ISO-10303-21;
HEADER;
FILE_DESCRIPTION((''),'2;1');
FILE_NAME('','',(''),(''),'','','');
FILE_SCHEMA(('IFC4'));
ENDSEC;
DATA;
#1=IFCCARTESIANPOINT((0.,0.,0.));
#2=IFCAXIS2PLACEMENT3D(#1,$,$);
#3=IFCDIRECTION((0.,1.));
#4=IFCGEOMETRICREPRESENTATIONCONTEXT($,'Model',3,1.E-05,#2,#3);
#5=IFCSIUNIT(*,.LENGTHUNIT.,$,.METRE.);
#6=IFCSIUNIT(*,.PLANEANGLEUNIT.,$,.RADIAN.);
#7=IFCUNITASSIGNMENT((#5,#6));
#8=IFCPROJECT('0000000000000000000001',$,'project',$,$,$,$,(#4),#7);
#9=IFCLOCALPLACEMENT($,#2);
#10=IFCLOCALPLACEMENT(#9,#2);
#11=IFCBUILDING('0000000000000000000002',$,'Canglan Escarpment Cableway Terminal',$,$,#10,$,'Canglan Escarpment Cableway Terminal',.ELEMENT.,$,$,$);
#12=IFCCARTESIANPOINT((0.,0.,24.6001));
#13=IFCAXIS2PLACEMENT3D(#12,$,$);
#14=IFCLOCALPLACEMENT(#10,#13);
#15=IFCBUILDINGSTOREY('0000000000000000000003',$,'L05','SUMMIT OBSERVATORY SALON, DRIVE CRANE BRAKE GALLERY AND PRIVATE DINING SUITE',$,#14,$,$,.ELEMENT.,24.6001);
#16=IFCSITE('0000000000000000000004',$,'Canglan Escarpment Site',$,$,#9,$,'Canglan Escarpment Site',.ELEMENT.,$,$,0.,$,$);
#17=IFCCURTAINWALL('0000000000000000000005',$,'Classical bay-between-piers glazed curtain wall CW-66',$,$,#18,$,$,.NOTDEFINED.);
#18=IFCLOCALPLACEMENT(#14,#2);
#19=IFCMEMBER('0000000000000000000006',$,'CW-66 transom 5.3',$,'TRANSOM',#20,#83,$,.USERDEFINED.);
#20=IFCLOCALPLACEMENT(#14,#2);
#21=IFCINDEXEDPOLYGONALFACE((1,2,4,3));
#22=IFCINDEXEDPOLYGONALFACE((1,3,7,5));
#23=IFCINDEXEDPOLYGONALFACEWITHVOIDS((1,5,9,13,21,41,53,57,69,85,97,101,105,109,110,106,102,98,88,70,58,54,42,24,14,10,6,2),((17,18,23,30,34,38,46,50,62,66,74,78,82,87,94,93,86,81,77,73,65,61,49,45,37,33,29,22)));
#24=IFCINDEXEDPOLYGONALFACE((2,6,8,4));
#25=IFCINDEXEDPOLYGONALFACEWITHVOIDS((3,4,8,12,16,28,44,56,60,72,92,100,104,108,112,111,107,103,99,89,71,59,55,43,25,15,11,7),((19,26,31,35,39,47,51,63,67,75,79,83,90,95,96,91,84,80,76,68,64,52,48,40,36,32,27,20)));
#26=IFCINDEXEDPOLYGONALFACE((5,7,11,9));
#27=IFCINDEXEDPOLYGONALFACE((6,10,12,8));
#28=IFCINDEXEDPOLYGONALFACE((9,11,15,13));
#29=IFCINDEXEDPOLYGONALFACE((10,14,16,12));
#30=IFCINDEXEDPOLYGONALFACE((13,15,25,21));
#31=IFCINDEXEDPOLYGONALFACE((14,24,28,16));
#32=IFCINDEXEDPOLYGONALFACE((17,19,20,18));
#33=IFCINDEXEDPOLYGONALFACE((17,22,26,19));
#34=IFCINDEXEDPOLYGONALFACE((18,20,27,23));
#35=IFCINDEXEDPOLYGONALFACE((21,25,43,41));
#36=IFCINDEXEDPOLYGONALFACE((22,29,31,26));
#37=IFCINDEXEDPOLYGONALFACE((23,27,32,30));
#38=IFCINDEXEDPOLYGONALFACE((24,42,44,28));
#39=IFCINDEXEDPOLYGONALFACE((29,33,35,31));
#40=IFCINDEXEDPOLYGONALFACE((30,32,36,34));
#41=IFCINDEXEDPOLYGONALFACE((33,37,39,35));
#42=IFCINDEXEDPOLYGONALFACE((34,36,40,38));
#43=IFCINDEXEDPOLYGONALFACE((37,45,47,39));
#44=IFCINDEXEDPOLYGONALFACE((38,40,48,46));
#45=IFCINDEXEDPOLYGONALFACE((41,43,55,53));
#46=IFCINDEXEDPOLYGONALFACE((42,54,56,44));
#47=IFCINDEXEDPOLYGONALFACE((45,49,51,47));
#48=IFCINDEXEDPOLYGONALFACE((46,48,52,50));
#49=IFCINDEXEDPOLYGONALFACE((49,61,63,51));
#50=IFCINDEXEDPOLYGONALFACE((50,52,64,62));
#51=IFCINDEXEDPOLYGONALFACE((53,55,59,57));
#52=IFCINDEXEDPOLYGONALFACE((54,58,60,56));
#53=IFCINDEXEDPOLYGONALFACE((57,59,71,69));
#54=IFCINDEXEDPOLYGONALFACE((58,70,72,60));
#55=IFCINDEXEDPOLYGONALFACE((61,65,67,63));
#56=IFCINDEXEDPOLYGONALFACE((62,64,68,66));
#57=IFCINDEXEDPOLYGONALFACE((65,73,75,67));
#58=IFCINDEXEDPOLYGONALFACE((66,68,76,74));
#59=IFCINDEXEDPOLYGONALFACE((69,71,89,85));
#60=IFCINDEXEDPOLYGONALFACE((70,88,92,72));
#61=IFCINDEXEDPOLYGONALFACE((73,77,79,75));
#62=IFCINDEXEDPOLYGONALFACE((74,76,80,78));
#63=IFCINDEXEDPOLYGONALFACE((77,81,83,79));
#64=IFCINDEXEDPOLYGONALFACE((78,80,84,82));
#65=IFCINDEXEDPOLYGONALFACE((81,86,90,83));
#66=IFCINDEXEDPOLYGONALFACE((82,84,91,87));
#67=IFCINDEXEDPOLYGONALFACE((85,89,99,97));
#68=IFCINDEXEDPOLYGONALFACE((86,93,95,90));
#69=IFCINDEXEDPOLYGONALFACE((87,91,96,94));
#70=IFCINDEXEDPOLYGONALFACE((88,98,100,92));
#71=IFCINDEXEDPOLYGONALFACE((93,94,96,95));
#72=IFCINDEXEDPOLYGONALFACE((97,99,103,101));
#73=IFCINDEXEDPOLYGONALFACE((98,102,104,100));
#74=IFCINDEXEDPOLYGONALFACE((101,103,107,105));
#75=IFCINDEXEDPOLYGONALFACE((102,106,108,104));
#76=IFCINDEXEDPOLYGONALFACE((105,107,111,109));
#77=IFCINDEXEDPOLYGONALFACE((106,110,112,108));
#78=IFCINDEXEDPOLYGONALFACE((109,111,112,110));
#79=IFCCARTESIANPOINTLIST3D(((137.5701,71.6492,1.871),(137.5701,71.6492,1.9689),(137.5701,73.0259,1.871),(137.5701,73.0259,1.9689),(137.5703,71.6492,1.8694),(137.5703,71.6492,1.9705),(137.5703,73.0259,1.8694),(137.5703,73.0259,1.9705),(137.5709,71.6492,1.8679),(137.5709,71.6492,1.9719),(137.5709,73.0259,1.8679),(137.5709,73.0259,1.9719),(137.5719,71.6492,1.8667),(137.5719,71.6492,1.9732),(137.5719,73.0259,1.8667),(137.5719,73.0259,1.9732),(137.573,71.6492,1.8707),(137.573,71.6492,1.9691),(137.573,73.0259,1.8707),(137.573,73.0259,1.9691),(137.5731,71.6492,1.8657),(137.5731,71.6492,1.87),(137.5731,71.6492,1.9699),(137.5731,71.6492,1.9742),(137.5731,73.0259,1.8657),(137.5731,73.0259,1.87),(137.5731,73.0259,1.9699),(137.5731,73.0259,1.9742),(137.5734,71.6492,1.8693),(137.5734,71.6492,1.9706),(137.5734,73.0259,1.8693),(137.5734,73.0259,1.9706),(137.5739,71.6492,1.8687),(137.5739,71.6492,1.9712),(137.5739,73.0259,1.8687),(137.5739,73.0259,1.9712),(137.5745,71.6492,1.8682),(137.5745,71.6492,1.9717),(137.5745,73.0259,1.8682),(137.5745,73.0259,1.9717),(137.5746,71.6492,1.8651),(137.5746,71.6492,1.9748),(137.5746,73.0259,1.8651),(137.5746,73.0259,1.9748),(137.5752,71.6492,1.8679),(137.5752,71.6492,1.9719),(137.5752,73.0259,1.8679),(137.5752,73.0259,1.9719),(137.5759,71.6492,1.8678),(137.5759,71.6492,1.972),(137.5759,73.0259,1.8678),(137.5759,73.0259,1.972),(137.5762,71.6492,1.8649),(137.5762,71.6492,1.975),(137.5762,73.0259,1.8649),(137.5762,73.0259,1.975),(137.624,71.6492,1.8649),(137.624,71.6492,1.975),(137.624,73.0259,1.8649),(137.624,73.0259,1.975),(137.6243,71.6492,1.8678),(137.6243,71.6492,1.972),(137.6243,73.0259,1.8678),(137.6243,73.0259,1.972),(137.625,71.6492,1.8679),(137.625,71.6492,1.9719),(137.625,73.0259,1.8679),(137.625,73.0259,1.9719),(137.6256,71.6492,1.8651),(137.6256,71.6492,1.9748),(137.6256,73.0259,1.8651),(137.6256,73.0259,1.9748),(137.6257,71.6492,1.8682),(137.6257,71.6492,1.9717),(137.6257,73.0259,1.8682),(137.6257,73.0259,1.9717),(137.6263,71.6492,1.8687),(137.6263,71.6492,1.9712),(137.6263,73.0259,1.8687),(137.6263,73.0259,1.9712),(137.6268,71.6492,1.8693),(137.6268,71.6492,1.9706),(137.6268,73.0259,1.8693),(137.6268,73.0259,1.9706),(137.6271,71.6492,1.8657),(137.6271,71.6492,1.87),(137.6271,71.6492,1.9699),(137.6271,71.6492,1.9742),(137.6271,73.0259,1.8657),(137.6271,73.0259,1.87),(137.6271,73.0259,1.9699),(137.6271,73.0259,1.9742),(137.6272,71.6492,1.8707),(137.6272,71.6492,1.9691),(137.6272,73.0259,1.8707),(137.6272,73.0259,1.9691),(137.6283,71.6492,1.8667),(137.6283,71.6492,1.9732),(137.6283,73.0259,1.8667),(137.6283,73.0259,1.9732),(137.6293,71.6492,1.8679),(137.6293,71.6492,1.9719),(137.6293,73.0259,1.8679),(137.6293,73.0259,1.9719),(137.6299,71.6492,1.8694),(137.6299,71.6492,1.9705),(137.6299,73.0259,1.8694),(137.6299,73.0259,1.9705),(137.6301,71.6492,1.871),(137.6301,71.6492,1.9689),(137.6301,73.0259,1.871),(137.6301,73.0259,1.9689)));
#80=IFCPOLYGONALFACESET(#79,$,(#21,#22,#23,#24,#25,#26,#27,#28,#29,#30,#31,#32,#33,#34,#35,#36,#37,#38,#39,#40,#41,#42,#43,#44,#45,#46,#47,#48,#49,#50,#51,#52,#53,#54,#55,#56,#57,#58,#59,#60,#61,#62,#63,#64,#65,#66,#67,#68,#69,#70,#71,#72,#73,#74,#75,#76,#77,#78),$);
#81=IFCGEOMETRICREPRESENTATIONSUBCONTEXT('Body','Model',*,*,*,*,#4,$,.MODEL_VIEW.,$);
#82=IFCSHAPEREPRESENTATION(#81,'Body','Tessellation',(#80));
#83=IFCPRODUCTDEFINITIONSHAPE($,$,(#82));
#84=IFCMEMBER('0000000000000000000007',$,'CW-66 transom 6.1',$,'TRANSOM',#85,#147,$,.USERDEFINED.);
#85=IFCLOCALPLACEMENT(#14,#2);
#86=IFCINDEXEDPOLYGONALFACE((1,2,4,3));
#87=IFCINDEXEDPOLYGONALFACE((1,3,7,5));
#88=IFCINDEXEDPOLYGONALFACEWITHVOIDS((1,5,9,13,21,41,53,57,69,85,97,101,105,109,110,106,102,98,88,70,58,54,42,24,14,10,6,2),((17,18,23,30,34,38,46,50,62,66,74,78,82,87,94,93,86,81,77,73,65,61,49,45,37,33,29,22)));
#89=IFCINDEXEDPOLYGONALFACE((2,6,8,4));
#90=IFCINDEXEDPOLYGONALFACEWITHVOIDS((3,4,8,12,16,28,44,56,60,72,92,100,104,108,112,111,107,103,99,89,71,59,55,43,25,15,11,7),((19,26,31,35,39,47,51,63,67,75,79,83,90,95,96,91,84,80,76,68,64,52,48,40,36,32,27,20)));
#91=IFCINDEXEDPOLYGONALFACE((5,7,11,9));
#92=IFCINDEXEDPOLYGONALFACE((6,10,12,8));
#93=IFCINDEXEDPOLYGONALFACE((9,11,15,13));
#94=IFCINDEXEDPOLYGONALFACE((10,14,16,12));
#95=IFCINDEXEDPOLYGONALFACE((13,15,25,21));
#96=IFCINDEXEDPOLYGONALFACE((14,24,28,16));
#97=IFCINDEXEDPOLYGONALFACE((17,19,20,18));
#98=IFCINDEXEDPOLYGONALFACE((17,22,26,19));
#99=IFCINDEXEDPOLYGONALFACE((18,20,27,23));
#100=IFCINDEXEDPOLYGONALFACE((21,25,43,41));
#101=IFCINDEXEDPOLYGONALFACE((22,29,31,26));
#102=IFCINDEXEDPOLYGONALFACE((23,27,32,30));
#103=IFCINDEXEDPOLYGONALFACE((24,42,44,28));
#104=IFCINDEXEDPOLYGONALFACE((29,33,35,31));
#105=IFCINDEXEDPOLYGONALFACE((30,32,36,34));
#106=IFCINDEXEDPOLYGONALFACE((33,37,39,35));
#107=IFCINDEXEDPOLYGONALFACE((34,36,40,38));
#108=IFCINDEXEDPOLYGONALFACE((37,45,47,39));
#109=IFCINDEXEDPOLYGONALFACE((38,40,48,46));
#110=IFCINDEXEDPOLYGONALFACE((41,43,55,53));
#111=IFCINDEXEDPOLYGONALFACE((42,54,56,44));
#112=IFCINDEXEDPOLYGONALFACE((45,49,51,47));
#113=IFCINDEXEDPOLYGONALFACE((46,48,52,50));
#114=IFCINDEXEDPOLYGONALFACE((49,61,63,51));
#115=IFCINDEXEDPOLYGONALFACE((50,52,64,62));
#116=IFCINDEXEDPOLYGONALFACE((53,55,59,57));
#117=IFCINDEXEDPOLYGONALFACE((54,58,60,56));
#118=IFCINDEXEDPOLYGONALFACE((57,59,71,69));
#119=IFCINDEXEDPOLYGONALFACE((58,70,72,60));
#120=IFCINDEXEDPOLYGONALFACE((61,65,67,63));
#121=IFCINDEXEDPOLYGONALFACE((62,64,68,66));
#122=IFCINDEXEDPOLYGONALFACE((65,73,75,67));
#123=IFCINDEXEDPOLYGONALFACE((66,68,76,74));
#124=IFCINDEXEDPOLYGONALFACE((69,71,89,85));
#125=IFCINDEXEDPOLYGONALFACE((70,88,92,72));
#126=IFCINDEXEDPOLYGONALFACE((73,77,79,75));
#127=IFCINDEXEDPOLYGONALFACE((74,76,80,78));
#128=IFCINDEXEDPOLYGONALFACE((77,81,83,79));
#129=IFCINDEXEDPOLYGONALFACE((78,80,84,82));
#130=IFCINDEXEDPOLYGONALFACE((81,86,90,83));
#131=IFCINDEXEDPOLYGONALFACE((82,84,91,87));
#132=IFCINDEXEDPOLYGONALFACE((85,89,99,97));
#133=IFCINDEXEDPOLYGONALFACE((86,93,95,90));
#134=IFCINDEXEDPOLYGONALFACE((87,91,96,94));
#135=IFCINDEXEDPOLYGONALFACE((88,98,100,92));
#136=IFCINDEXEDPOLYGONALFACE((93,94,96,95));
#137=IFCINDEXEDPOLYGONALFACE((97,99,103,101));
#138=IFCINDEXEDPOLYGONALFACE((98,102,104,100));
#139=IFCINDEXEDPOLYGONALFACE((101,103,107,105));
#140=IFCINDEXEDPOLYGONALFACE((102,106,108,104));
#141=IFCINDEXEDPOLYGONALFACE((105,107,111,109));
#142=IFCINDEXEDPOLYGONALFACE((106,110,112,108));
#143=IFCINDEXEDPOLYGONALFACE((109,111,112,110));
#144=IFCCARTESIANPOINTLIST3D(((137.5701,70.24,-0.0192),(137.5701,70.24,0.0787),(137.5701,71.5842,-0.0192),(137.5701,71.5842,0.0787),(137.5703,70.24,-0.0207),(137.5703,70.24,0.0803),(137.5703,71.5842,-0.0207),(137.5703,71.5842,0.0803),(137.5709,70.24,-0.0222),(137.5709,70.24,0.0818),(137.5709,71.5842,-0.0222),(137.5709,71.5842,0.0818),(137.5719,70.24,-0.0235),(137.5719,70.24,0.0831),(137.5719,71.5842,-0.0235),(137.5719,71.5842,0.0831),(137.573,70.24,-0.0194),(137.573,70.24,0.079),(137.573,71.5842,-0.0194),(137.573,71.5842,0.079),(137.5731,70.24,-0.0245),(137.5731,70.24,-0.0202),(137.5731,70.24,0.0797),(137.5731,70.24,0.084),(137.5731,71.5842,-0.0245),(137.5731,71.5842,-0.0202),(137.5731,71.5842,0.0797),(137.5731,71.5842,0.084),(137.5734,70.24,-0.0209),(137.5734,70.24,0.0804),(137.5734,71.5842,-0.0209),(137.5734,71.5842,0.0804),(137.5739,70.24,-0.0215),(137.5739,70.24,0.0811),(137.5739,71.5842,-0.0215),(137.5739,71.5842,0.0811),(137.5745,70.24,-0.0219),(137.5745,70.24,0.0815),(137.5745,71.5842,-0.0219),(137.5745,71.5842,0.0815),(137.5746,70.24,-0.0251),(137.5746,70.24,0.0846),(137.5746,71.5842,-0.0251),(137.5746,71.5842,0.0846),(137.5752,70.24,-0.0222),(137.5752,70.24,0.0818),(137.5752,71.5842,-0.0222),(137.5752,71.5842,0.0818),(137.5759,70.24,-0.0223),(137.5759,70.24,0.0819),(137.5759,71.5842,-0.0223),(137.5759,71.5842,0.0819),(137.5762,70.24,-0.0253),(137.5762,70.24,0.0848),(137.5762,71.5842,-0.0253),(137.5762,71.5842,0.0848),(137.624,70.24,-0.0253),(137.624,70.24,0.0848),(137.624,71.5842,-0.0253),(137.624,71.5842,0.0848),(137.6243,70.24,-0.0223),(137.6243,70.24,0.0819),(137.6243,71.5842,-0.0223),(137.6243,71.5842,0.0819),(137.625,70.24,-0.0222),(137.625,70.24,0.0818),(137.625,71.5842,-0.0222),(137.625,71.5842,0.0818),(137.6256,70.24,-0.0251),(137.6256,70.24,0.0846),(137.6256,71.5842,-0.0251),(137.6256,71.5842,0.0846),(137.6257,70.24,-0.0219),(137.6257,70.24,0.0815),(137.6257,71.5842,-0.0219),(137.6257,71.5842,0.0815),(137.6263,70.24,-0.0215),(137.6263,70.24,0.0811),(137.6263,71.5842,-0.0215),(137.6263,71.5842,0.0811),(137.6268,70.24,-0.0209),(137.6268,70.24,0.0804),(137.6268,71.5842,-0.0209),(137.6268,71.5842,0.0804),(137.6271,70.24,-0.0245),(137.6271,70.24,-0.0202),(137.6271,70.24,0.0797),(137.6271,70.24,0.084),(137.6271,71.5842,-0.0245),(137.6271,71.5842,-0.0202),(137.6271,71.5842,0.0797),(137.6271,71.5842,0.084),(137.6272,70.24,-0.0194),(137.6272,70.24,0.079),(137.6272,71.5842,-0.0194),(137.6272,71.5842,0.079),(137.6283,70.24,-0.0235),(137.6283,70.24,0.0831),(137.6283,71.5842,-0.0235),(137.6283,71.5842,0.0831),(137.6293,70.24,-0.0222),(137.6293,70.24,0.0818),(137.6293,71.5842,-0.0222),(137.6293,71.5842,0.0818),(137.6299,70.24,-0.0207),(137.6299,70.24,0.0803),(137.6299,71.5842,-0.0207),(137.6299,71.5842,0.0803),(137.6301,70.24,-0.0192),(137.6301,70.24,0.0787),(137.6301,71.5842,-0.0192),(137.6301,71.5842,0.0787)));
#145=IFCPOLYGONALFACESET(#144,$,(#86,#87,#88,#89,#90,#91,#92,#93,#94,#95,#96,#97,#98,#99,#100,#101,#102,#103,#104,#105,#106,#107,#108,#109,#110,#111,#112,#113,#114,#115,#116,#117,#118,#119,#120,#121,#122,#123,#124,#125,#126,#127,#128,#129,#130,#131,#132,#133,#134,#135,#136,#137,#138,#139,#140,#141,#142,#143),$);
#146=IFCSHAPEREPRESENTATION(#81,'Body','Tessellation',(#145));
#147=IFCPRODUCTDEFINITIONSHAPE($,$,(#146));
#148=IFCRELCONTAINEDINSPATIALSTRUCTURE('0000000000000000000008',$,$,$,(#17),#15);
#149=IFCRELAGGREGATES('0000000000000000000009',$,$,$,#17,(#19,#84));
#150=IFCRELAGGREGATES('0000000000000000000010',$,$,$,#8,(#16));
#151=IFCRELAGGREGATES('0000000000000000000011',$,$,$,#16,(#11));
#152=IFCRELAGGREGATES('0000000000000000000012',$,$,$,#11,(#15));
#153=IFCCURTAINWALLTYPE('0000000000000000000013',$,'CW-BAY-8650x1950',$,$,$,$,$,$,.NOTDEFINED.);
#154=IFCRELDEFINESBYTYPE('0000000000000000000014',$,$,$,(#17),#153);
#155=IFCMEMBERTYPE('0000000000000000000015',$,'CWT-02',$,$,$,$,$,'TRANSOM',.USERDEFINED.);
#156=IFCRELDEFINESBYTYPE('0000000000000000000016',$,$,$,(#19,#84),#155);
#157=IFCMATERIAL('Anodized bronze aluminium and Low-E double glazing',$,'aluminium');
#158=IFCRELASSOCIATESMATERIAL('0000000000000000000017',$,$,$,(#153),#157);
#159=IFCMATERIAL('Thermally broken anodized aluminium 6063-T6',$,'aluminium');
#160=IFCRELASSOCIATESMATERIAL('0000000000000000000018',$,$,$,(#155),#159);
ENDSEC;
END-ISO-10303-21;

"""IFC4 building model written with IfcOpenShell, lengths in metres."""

from ifc_helpers import new_model, si_unit, direction, frame, origin, origin_2d, place, context, subcontext, project, spatial, hollow_rectangle, extrude, material, material_profile, profile_set, type_object, element, aggregate, save


model = new_model("IFC4")

# Units and contexts
model_context = context("Model", 3, precision=1e-05, world=origin(), true_north=direction((0.0, 1.0)))
body_context = subcontext(model_context, "Body", "Model", "MODEL_VIEW")
ifc_project = project(units=[si_unit("LENGTHUNIT", "METRE"), si_unit("PLANEANGLEUNIT", "RADIAN")], contexts=[model_context])

# Site, building, storey
site_placement = place(None, origin())
site = spatial("IfcSite", under=ifc_project, at=site_placement, Name="Canglan Escarpment Site", LongName="Canglan Escarpment Site", CompositionType="ELEMENT", RefElevation=0.0)
building_placement = place(site_placement, origin())
building = spatial("IfcBuilding", under=site, at=building_placement, Name="Canglan Escarpment Cableway Terminal", LongName="Canglan Escarpment Cableway Terminal", CompositionType="ELEMENT")
storey_placement = place(building_placement, frame((0.0, 0.0, 24.6001)))
storey = spatial("IfcBuildingStorey", under=building, at=storey_placement, Name="L05", Description="SUMMIT OBSERVATORY SALON, DRIVE CRANE BRAKE GALLERY AND PRIVATE DINING SUITE", CompositionType="ELEMENT", Elevation=24.6001)

# Shared definitions
ifc_material_1 = material(Name="Anodized bronze aluminium and Low-E double glazing", Category="aluminium")
curtain_wall_type = type_object("IfcCurtainWallType", Name="CW-BAY-8650x1950", PredefinedType="NOTDEFINED", material=ifc_material_1)
ifc_material_2 = material(Name="Thermally broken anodized aluminium 6063-T6", Category="aluminium")

# Curtain wall
curtain_wall_1_placement = place(storey_placement, origin())
curtain_wall_1 = element("IfcCurtainWall", 1, at=curtain_wall_1_placement, inside=storey, type_object=curtain_wall_type, Name="Classical bay-between-piers glazed curtain wall CW-66", PredefinedType="NOTDEFINED")

# Members
ifc_material_profile_1 = material_profile(ifc_material_2, hollow_rectangle(XDim=0.0601, YDim=0.1101, WallThickness=0.0029, InnerFilletRadius=0.0029, OuterFilletRadius=0.0061, at=origin_2d()), Name="ALU-TRAN 60x110x3")
ifc_profile_set_1 = profile_set([ifc_material_profile_1], Name="Thermally broken anodized aluminium 6063-T6")
member_type_1 = type_object("IfcMemberType", Name="CWT-02", ElementType="TRANSOM", PredefinedType="USERDEFINED", material=ifc_profile_set_1)
member_1_placement = place(storey_placement, frame((137.6001, 73.0259, 1.9199), z_axis=(0.0, -1.0, 0.0), x_axis=(1.0, 0.0, 0.0)))
member_1 = element("IfcMember", 2, at=member_1_placement, type_object=member_type_1, Name="CW-66 transom 5.3", ObjectType="TRANSOM", PredefinedType="USERDEFINED", context=body_context, shape_type="SweptSolid", body=[
    extrude(hollow_rectangle(XDim=0.0601, YDim=0.1101, WallThickness=0.0029, InnerFilletRadius=0.0029, OuterFilletRadius=0.0061, at=origin_2d()), origin(), (0.0, 0.0, 1.0), 1.3767),
])
member_2_placement = place(storey_placement, frame((137.6001, 71.5842, 0.0298), z_axis=(0.0, -1.0, 0.0), x_axis=(1.0, 0.0, 0.0)))
member_2 = element("IfcMember", 3, at=member_2_placement, type_object=member_type_1, Name="CW-66 transom 6.1", ObjectType="TRANSOM", PredefinedType="USERDEFINED", context=body_context, shape_type="SweptSolid", body=[
    extrude(hollow_rectangle(XDim=0.0601, YDim=0.1101, WallThickness=0.0029, InnerFilletRadius=0.0029, OuterFilletRadius=0.0061, at=origin_2d()), origin(), (0.0, 0.0, 1.0), 1.3442),
])

aggregate(curtain_wall_1, [member_1, member_2])

save(model, "model.ifc")
